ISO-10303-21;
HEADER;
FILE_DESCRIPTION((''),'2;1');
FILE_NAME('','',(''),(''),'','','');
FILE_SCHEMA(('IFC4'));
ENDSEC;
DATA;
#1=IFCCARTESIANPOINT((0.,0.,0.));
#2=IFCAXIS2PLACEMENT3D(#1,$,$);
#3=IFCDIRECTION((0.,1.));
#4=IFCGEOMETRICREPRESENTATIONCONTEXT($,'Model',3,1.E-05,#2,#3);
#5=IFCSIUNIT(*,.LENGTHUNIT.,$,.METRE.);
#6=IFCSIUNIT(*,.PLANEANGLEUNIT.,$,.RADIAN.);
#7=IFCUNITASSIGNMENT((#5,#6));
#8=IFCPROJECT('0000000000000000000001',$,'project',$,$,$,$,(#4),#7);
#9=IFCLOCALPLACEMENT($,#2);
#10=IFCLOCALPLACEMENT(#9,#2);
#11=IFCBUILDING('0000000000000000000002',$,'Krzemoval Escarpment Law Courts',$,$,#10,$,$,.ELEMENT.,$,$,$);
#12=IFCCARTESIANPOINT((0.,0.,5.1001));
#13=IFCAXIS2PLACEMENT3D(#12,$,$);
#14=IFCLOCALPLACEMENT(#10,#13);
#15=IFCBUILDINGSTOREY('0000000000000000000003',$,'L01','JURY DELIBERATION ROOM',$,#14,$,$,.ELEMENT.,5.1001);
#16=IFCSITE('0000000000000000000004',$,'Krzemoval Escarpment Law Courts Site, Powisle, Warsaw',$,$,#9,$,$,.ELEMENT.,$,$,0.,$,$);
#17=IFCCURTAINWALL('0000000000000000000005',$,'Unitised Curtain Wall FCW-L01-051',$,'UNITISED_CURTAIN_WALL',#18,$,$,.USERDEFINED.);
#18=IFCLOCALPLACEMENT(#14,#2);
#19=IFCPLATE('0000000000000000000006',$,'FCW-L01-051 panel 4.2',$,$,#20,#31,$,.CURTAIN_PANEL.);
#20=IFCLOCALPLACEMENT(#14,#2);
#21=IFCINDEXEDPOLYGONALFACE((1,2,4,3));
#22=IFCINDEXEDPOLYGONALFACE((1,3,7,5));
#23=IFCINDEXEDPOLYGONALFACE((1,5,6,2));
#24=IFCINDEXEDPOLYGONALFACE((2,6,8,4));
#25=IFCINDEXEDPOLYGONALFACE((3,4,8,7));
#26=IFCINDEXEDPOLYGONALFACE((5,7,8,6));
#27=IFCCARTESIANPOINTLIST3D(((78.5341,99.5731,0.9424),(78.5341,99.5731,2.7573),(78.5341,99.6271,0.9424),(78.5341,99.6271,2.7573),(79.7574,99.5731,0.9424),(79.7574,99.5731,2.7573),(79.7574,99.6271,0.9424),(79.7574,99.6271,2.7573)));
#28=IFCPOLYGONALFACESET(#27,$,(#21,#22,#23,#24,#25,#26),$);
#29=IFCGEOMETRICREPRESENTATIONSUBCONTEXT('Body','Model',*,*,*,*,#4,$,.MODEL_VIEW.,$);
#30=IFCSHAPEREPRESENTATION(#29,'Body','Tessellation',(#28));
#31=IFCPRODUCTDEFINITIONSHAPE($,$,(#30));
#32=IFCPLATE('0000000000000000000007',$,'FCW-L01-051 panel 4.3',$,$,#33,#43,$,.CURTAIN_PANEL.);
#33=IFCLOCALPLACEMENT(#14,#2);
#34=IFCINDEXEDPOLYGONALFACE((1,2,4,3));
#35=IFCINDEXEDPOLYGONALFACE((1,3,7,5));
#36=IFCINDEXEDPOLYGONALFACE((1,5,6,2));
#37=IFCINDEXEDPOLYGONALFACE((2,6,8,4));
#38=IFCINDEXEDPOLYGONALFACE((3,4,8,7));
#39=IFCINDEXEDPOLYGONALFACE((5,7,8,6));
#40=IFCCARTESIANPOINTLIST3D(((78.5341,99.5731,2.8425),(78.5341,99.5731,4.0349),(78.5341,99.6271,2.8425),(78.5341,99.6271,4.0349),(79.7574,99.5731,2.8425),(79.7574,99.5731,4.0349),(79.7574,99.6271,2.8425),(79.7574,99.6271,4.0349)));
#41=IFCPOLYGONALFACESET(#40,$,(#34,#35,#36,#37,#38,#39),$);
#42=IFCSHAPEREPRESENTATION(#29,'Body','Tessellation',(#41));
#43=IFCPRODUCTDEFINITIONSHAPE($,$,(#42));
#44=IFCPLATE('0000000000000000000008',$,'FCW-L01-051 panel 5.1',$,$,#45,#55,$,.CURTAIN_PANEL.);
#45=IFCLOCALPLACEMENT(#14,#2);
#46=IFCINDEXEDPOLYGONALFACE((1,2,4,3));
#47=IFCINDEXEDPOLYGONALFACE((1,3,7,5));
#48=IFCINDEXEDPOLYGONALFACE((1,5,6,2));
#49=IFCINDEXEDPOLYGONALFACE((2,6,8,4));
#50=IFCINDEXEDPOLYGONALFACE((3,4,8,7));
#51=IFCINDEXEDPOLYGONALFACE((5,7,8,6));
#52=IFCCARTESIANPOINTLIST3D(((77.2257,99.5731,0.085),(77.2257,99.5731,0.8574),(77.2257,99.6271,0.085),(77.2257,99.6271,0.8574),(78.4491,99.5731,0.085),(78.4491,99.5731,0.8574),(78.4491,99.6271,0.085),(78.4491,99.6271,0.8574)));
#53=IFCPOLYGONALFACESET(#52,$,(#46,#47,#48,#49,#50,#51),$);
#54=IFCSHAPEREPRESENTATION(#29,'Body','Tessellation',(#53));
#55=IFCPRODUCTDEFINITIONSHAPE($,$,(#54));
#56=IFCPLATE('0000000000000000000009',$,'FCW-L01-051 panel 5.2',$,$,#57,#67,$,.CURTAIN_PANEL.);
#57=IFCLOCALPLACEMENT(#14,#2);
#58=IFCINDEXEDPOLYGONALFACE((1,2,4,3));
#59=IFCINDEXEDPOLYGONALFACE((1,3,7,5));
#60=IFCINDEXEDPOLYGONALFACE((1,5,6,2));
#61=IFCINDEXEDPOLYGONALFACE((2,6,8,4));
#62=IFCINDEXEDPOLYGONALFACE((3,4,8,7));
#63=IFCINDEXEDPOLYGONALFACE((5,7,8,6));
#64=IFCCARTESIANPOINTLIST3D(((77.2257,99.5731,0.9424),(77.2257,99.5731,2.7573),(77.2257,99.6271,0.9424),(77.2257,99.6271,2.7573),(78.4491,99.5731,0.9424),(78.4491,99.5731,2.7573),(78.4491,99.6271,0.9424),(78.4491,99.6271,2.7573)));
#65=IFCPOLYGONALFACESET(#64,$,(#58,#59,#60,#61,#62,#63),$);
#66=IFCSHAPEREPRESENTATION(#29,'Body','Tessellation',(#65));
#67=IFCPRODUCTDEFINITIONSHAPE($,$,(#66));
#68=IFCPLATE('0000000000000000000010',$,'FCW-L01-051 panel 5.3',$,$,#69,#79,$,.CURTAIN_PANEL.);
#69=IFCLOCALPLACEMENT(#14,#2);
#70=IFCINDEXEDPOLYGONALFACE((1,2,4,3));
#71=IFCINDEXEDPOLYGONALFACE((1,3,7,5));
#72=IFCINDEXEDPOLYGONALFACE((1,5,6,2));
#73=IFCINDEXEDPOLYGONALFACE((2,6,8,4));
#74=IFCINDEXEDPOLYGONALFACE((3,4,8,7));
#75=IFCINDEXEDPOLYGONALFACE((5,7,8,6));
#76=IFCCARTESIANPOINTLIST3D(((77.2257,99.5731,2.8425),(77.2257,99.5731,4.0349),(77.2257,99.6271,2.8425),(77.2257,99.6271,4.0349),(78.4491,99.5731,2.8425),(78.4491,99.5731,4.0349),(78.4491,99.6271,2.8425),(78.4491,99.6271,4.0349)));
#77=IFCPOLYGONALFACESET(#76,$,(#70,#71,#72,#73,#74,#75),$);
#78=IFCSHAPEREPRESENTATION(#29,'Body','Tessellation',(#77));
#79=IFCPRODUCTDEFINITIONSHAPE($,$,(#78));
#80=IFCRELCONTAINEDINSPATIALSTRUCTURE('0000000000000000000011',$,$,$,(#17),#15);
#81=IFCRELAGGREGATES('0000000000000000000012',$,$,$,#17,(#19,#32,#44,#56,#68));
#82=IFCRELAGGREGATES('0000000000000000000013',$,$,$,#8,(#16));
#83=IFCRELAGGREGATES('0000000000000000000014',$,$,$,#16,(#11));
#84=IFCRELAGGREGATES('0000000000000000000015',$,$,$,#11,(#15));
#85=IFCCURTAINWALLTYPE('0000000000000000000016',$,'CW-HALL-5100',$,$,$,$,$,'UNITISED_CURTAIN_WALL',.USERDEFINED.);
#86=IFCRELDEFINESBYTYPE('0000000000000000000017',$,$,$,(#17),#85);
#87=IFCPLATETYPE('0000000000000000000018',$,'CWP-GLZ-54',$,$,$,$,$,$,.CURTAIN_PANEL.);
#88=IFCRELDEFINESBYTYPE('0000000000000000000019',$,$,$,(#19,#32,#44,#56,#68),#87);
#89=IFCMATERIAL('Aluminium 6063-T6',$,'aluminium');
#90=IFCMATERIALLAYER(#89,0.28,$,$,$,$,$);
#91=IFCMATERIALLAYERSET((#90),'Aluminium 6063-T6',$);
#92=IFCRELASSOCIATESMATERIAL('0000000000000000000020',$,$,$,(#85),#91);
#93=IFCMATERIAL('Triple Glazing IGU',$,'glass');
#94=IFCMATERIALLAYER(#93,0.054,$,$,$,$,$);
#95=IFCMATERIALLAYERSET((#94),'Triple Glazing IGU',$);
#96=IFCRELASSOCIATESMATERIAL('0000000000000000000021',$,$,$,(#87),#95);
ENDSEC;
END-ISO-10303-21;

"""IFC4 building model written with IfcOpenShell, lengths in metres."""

from ifc_helpers import new_model, si_unit, direction, frame, origin, origin_2d, place, context, subcontext, project, spatial, rectangle, extrude, material, layer, layer_set, type_object, element, aggregate, save


model = new_model("IFC4")

# Units and contexts
model_context = context("Model", 3, precision=1e-05, world=origin(), true_north=direction((0.0, 1.0)))
body_context = subcontext(model_context, "Body", "Model", "MODEL_VIEW")
ifc_project = project(units=[si_unit("LENGTHUNIT", "METRE"), si_unit("PLANEANGLEUNIT", "RADIAN")], contexts=[model_context])

# Site, building, storey
site_placement = place(None, origin())
site = spatial("IfcSite", under=ifc_project, at=site_placement, Name="Krzemoval Escarpment Law Courts Site, Powisle, Warsaw", CompositionType="ELEMENT", RefElevation=0.0)
building_placement = place(site_placement, origin())
building = spatial("IfcBuilding", under=site, at=building_placement, Name="Krzemoval Escarpment Law Courts", CompositionType="ELEMENT")
storey_placement = place(building_placement, frame((0.0, 0.0, 5.1001)))
storey = spatial("IfcBuildingStorey", under=building, at=storey_placement, Name="L01", Description="JURY DELIBERATION ROOM", CompositionType="ELEMENT", Elevation=5.1001)

# Curtain wall, plates
ifc_material_1 = material(Name="Aluminium 6063-T6", Category="aluminium")
ifc_layer_1 = layer(ifc_material_1, 0.28)
ifc_layer_set_1 = layer_set([ifc_layer_1], Name="Aluminium 6063-T6")
curtain_wall_type = type_object("IfcCurtainWallType", Name="CW-HALL-5100", ElementType="UNITISED_CURTAIN_WALL", PredefinedType="USERDEFINED", material=ifc_layer_set_1)
curtain_wall_placement = place(storey_placement, origin())
curtain_wall = element("IfcCurtainWall", 1, at=curtain_wall_placement, inside=storey, type_object=curtain_wall_type, Name="Unitised Curtain Wall FCW-L01-051", ObjectType="UNITISED_CURTAIN_WALL", PredefinedType="USERDEFINED")
ifc_material_2 = material(Name="Triple Glazing IGU", Category="glass")
ifc_layer_2 = layer(ifc_material_2, 0.054)
ifc_layer_set_2 = layer_set([ifc_layer_2], Name="Triple Glazing IGU")
plate_type = type_object("IfcPlateType", Name="CWP-GLZ-54", PredefinedType="CURTAIN_PANEL", material=ifc_layer_set_2)
plate_1_placement = place(storey_placement, frame((79.1458, 99.6001, 0.9424), z_axis=(0.0, 0.0, 1.0), x_axis=(-1.0, 0.0, 0.0)))
plate_1 = element("IfcPlate", 2, at=plate_1_placement, type_object=plate_type, Name="FCW-L01-051 panel 4.2", PredefinedType="CURTAIN_PANEL", context=body_context, shape_type="SweptSolid", body=[
    extrude(rectangle(XDim=1.2234, YDim=0.054, at=origin_2d()), origin(), (0.0, 0.0, 1.0), 1.8149),
])
plate_2_placement = place(storey_placement, frame((79.1458, 99.6001, 2.8425), z_axis=(0.0, 0.0, 1.0), x_axis=(-1.0, 0.0, 0.0)))
plate_2 = element("IfcPlate", 3, at=plate_2_placement, type_object=plate_type, Name="FCW-L01-051 panel 4.3", PredefinedType="CURTAIN_PANEL", context=body_context, shape_type="SweptSolid", body=[
    extrude(rectangle(XDim=1.2234, YDim=0.054, at=origin_2d()), origin(), (0.0, 0.0, 1.0), 1.1924),
])
plate_3_placement = place(storey_placement, frame((77.8374, 99.6001, 0.085), z_axis=(0.0, 0.0, 1.0), x_axis=(-1.0, 0.0, 0.0)))
plate_3 = element("IfcPlate", 4, at=plate_3_placement, type_object=plate_type, Name="FCW-L01-051 panel 5.1", PredefinedType="CURTAIN_PANEL", context=body_context, shape_type="SweptSolid", body=[
    extrude(rectangle(XDim=1.2234, YDim=0.054, at=origin_2d()), origin(), (0.0, 0.0, 1.0), 0.7725),
])
plate_4_placement = place(storey_placement, frame((77.8374, 99.6001, 0.9424), z_axis=(0.0, 0.0, 1.0), x_axis=(-1.0, 0.0, 0.0)))
plate_4 = element("IfcPlate", 5, at=plate_4_placement, type_object=plate_type, Name="FCW-L01-051 panel 5.2", PredefinedType="CURTAIN_PANEL", context=body_context, shape_type="SweptSolid", body=[
    extrude(rectangle(XDim=1.2234, YDim=0.054, at=origin_2d()), origin(), (0.0, 0.0, 1.0), 1.8149),
])
plate_5_placement = place(storey_placement, frame((77.8374, 99.6001, 2.8425), z_axis=(0.0, 0.0, 1.0), x_axis=(-1.0, 0.0, 0.0)))
plate_5 = element("IfcPlate", 6, at=plate_5_placement, type_object=plate_type, Name="FCW-L01-051 panel 5.3", PredefinedType="CURTAIN_PANEL", context=body_context, shape_type="SweptSolid", body=[
    extrude(rectangle(XDim=1.2234, YDim=0.054, at=origin_2d()), origin(), (0.0, 0.0, 1.0), 1.1924),
])
aggregate(curtain_wall, [plate_1, plate_2, plate_3, plate_4, plate_5])

save(model, "model.ifc")
